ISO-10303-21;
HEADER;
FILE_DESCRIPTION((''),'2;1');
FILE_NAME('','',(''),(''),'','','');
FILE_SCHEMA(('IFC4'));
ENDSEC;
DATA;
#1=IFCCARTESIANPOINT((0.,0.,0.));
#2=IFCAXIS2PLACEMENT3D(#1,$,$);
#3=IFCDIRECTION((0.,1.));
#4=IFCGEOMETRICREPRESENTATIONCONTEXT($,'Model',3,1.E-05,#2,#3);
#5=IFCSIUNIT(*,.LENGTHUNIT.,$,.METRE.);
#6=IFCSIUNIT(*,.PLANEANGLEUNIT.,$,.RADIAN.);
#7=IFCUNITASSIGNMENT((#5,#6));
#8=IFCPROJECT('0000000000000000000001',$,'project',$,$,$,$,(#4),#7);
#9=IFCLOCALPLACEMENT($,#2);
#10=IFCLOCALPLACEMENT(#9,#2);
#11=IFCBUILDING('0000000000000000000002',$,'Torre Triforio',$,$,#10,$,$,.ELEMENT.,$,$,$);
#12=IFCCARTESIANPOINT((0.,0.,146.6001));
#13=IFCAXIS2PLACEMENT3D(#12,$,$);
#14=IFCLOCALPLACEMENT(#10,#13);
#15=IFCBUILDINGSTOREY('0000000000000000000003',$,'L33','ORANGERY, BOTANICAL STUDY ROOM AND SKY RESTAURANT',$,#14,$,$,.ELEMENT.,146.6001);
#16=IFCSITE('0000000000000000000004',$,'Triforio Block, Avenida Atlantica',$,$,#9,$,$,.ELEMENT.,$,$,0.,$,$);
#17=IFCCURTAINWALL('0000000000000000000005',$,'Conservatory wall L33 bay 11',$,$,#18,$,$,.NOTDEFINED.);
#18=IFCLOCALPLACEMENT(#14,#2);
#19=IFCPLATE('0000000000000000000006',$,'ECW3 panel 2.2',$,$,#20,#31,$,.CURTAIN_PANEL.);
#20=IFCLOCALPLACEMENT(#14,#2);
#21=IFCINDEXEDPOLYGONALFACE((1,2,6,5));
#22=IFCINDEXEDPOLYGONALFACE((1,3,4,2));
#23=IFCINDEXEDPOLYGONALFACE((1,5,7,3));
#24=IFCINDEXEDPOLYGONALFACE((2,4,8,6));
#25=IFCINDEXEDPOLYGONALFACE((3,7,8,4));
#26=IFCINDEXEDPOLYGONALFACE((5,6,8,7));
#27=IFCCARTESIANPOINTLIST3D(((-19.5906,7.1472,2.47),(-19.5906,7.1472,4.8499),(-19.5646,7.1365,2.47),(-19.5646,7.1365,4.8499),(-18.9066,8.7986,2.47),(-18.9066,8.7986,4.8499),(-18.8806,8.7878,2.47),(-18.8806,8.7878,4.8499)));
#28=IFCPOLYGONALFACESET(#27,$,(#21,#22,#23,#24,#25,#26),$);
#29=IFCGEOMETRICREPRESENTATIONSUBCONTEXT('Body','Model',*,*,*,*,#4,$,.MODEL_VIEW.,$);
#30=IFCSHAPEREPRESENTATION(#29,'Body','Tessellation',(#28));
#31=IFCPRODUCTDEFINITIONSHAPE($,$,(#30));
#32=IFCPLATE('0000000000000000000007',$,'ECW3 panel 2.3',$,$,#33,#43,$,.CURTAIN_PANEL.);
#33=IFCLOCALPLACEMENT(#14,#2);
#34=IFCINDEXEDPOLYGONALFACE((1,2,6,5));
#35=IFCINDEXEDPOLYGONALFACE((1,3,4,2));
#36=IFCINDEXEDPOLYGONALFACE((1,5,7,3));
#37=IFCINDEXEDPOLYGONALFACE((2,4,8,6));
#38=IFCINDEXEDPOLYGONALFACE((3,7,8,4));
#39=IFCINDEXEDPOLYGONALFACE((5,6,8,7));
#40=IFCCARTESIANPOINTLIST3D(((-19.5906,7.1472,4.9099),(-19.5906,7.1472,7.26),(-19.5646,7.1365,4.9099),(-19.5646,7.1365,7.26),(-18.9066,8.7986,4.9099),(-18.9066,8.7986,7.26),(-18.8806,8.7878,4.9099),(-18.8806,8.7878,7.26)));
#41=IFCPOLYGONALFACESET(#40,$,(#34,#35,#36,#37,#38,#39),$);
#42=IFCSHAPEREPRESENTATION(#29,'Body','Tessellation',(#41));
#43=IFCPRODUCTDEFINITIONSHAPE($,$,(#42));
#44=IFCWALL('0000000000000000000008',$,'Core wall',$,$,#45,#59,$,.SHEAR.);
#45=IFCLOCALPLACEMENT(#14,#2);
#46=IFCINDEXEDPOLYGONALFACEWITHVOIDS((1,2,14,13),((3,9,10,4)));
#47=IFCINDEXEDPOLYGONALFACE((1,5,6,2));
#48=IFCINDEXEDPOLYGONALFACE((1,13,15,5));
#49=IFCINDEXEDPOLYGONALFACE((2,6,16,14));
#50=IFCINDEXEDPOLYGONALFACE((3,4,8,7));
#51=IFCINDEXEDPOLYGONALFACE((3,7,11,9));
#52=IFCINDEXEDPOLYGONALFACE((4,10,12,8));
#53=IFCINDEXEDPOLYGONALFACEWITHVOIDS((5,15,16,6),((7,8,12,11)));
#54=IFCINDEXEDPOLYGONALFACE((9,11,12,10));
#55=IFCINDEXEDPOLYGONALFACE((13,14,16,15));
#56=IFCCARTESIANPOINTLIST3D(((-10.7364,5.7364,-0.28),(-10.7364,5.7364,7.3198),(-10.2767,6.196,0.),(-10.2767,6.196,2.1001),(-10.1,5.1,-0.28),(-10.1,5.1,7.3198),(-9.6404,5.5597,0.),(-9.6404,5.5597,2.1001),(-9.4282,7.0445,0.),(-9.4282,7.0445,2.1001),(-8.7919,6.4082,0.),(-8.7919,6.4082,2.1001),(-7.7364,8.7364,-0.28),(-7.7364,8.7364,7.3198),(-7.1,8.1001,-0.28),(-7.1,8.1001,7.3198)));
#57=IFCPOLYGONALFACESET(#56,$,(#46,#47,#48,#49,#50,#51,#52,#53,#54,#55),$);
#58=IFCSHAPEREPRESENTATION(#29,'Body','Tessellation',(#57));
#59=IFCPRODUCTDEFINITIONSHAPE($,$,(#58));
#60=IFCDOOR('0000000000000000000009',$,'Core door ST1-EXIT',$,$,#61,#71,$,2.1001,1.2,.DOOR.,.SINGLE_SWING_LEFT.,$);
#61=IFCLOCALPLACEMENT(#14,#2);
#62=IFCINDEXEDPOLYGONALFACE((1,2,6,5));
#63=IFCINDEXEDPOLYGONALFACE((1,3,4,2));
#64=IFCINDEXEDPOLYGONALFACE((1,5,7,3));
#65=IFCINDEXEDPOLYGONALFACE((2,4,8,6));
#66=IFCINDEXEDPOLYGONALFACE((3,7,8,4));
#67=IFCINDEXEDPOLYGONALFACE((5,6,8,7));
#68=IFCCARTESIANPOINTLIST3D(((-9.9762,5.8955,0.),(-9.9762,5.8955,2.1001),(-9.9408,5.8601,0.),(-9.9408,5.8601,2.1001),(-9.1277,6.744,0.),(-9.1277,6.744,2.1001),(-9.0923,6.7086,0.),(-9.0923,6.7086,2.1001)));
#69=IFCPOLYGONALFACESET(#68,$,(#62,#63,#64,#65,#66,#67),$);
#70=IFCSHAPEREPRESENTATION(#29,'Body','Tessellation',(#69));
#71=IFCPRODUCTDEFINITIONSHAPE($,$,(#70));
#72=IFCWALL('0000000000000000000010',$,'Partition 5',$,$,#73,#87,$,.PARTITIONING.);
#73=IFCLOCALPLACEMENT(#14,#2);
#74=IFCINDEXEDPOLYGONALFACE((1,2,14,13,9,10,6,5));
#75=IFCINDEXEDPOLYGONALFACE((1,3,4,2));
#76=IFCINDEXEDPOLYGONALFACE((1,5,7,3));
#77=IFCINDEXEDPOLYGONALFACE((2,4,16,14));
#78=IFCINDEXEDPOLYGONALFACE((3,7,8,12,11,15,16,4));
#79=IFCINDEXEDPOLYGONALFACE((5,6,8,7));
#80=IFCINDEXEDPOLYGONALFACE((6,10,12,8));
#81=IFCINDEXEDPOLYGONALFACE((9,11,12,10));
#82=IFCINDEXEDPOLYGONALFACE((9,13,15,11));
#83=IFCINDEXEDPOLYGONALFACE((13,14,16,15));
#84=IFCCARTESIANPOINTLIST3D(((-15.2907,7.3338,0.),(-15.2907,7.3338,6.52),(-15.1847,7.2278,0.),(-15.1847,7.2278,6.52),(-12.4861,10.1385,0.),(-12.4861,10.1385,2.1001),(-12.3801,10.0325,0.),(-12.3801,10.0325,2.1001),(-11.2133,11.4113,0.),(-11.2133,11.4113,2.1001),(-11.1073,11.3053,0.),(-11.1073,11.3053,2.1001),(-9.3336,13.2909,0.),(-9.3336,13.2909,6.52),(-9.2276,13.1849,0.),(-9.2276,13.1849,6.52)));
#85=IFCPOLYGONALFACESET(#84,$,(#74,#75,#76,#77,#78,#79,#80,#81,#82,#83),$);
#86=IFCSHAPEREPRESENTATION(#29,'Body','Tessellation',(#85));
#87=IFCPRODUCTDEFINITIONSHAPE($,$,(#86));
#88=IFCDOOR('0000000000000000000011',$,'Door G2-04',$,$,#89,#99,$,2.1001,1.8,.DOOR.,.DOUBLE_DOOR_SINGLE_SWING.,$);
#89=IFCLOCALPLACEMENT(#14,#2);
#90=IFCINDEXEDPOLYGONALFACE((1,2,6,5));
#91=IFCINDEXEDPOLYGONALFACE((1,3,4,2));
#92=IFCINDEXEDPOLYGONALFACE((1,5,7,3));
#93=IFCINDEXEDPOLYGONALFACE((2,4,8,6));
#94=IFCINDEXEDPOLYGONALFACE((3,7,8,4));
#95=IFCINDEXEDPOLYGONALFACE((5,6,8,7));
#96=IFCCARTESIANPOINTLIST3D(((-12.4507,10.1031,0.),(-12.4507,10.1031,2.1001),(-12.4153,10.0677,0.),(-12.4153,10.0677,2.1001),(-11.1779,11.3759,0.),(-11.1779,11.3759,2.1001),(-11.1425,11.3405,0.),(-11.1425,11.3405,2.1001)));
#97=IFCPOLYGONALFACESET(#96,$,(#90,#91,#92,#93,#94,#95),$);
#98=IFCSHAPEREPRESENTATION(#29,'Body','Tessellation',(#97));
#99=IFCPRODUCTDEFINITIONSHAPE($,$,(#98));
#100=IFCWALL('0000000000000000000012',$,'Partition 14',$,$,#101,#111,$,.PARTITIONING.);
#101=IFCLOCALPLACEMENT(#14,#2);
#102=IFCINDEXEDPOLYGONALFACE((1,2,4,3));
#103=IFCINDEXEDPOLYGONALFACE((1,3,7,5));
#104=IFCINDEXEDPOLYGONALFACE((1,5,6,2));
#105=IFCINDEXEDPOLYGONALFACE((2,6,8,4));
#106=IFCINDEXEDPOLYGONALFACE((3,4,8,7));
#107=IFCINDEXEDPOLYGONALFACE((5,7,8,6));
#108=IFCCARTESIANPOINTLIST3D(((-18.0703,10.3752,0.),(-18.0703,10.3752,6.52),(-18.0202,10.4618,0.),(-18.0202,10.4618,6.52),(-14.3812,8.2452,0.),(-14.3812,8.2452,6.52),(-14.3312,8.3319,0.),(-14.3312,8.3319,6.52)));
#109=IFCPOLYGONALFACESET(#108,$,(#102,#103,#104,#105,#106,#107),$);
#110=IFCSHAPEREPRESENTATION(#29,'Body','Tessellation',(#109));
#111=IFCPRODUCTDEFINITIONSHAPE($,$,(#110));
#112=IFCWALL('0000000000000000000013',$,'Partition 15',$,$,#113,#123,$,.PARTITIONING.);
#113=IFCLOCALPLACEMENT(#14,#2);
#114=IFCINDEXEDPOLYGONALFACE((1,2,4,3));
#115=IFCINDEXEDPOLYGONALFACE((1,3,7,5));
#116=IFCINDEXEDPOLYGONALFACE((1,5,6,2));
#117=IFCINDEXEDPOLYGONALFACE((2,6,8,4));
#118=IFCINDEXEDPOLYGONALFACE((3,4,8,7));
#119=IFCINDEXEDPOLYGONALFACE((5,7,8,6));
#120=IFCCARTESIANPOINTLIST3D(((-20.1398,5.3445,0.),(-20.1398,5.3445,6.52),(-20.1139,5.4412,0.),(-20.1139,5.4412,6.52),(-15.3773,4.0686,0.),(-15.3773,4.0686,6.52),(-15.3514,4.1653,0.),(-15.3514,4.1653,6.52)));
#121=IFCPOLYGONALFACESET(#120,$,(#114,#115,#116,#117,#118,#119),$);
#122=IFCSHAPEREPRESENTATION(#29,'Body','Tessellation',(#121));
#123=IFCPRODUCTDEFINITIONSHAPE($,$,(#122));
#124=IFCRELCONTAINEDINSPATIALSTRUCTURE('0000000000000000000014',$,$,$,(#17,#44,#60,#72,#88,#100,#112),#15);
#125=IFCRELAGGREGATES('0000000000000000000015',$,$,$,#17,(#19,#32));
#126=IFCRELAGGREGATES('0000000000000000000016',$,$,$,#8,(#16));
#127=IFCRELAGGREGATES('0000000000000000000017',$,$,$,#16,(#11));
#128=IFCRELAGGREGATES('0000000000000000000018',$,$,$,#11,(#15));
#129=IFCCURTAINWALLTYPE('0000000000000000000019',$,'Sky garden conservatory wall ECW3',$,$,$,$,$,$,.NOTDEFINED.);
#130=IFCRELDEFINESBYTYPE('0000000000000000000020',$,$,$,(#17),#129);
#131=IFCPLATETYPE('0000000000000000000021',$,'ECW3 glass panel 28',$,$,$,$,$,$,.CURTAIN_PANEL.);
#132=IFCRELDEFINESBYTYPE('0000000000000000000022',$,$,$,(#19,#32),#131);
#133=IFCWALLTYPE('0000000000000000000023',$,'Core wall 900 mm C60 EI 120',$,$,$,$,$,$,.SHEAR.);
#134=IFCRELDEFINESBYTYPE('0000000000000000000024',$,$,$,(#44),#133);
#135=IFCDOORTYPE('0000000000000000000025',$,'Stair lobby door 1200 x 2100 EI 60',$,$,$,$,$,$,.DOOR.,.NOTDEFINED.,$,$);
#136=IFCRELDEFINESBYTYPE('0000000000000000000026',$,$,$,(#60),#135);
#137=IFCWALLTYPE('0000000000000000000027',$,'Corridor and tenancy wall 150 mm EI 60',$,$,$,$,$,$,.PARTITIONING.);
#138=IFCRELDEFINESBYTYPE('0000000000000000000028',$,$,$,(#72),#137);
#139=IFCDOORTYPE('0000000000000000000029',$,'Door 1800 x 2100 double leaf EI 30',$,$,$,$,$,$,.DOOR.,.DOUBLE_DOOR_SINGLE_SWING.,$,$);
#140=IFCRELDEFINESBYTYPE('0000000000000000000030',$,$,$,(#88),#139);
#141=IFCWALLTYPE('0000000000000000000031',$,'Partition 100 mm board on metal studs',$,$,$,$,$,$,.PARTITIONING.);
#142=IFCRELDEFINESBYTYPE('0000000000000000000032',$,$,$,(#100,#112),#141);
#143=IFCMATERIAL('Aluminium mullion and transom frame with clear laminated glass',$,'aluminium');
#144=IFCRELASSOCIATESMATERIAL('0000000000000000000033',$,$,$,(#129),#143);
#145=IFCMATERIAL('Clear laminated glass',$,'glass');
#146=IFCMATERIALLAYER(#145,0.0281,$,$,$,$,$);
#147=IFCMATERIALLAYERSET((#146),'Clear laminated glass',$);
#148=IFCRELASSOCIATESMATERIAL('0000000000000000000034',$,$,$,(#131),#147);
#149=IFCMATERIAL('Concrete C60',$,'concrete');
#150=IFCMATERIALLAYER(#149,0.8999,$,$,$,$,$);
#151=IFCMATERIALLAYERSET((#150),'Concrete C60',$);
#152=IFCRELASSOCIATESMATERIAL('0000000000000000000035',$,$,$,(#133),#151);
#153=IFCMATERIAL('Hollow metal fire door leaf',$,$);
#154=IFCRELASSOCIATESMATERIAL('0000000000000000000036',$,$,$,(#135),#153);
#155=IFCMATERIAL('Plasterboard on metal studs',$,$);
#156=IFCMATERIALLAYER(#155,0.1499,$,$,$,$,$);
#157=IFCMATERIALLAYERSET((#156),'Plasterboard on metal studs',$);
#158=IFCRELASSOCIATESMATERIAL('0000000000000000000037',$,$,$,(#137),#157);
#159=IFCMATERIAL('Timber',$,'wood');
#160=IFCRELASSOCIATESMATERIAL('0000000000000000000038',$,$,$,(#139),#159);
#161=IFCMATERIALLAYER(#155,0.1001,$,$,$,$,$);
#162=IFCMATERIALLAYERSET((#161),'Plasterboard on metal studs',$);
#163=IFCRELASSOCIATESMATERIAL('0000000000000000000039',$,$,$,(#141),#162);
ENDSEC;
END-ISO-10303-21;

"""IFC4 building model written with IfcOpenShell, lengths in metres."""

from ifc_helpers import new_model, si_unit, direction, frame, frame_2d, origin, origin_2d, place, context, subcontext, project, spatial, rectangle, extrude, material, layer, layer_set, type_object, element, fill, aggregate, save


model = new_model("IFC4")

# Units and contexts
model_context = context("Model", 3, precision=1e-05, world=origin(), true_north=direction((0.0, 1.0)))
body_context = subcontext(model_context, "Body", "Model", "MODEL_VIEW")
ifc_project = project(units=[si_unit("LENGTHUNIT", "METRE"), si_unit("PLANEANGLEUNIT", "RADIAN")], contexts=[model_context])

# Site, building, storey
site_placement = place(None, origin())
site = spatial("IfcSite", under=ifc_project, at=site_placement, Name="Triforio Block, Avenida Atlantica", CompositionType="ELEMENT", RefElevation=0.0)
building_placement = place(site_placement, origin())
building = spatial("IfcBuilding", under=site, at=building_placement, Name="Torre Triforio", CompositionType="ELEMENT")
storey_placement = place(building_placement, frame((0.0, 0.0, 146.6001)))
storey = spatial("IfcBuildingStorey", under=building, at=storey_placement, Name="L33", Description="ORANGERY, BOTANICAL STUDY ROOM AND SKY RESTAURANT", CompositionType="ELEMENT", Elevation=146.6001)

# Curtain wall
ifc_material_1 = material(Name="Aluminium mullion and transom frame with clear laminated glass", Category="aluminium")
curtain_wall_type = type_object("IfcCurtainWallType", Name="Sky garden conservatory wall ECW3", PredefinedType="NOTDEFINED", material=ifc_material_1)
curtain_wall_placement = place(storey_placement, origin())
curtain_wall = element("IfcCurtainWall", 1, at=curtain_wall_placement, inside=storey, type_object=curtain_wall_type, Name="Conservatory wall L33 bay 11", PredefinedType="NOTDEFINED")

# Plates
ifc_material_2 = material(Name="Clear laminated glass", Category="glass")
ifc_layer_1 = layer(ifc_material_2, 0.0281)
ifc_layer_set_1 = layer_set([ifc_layer_1], Name="Clear laminated glass")
plate_type = type_object("IfcPlateType", Name="ECW3 glass panel 28", PredefinedType="CURTAIN_PANEL", material=ifc_layer_set_1)
plate_1_placement = place(storey_placement, frame((-19.2356, 7.9675, 2.47), z_axis=(0.0, 0.0, 1.0), x_axis=(-0.382675, -0.923883, 0.0)))
plate_1 = element("IfcPlate", 2, at=plate_1_placement, type_object=plate_type, Name="ECW3 panel 2.2", PredefinedType="CURTAIN_PANEL", context=body_context, shape_type="SweptSolid", body=[
    extrude(rectangle(XDim=1.7874, YDim=0.0281, at=origin_2d()), origin(), (0.0, 0.0, 1.0), 2.3799),
])
plate_2_placement = place(storey_placement, frame((-19.2356, 7.9675, 4.9099), z_axis=(0.0, 0.0, 1.0), x_axis=(-0.382675, -0.923883, 0.0)))
plate_2 = element("IfcPlate", 3, at=plate_2_placement, type_object=plate_type, Name="ECW3 panel 2.3", PredefinedType="CURTAIN_PANEL", context=body_context, shape_type="SweptSolid", body=[
    extrude(rectangle(XDim=1.7874, YDim=0.0281, at=origin_2d()), origin(), (0.0, 0.0, 1.0), 2.3501),
])
aggregate(curtain_wall, [plate_1, plate_2])

# Walls, openings, doors
ifc_material_3 = material(Name="Concrete C60", Category="concrete")
ifc_layer_2 = layer(ifc_material_3, 0.8999)
ifc_layer_set_2 = layer_set([ifc_layer_2], Name="Concrete C60")
wall_type_1 = type_object("IfcWallType", Name="Core wall 900 mm C60 EI 120", PredefinedType="SHEAR", material=ifc_layer_set_2)
wall_1_placement = place(storey_placement, frame((-10.4182, 5.4182, -0.28), z_axis=(0.0, 0.0, 1.0), x_axis=(0.707107, 0.707107, 0.0)))
wall_1 = element("IfcWall", 4, at=wall_1_placement, inside=storey, type_object=wall_type_1, Name="Core wall", PredefinedType="SHEAR", context=body_context, shape_type="SweptSolid", body=[
    extrude(rectangle(XDim=4.2427, YDim=0.8999, at=frame_2d((2.1213, 0.0))), origin(), (0.0, 0.0, 1.0), 7.5999),
])
opening_1_placement = place(wall_1_placement, frame((0.6499, 0.0, 0.28)))
opening_1 = element("IfcOpeningElement", 5, at=opening_1_placement, cuts=wall_1, PredefinedType="OPENING", context=body_context, shape_type="SweptSolid", body=[
    extrude(rectangle(XDim=1.2, YDim=2.1001, at=frame_2d((0.6001, 1.05))), frame((0.0, 0.46, 0.0), z_axis=(0.0, -1.0, 0.0), x_axis=(1.0, 0.0, 0.0)), (0.0, 0.0, 1.0), 0.9199),
])
ifc_material_4 = material(Name="Hollow metal fire door leaf")
door_type_1 = type_object("IfcDoorType", Name="Stair lobby door 1200 x 2100 EI 60", OperationType="NOTDEFINED", PredefinedType="DOOR", material=ifc_material_4)
door_1_placement = place(opening_1_placement, origin())
door_1 = element("IfcDoor", 6, at=door_1_placement, inside=storey, type_object=door_type_1, Name="Core door ST1-EXIT", OperationType="SINGLE_SWING_LEFT", OverallHeight=2.1001, OverallWidth=1.2, PredefinedType="DOOR", context=body_context, shape_type="SweptSolid", body=[
    extrude(rectangle(XDim=1.2, YDim=2.1001, at=frame_2d((0.6001, 1.05))), frame((0.0, 0.0249, 0.0), z_axis=(0.0, -1.0, 0.0), x_axis=(1.0, 0.0, 0.0)), (0.0, 0.0, 1.0), 0.05),
])
fill(opening_1, door_1)
ifc_material_5 = material(Name="Plasterboard on metal studs")
ifc_layer_3 = layer(ifc_material_5, 0.1499)
ifc_layer_set_3 = layer_set([ifc_layer_3], Name="Plasterboard on metal studs")
wall_type_2 = type_object("IfcWallType", Name="Corridor and tenancy wall 150 mm EI 60", PredefinedType="PARTITIONING", material=ifc_layer_set_3)
wall_2_placement = place(storey_placement, frame((-15.2378, 7.2808, 0.0), z_axis=(0.0, 0.0, 1.0), x_axis=(0.707107, 0.707107, 0.0)))
wall_2 = element("IfcWall", 7, at=wall_2_placement, inside=storey, type_object=wall_type_2, Name="Partition 5", PredefinedType="PARTITIONING", context=body_context, shape_type="SweptSolid", body=[
    extrude(rectangle(XDim=8.4246, YDim=0.1499, at=frame_2d((4.2124, 0.0))), origin(), (0.0, 0.0, 1.0), 6.52),
])
opening_2_placement = place(wall_2_placement, frame((3.9666, 0.0, 0.0)))
opening_2 = element("IfcOpeningElement", 8, at=opening_2_placement, cuts=wall_2, PredefinedType="OPENING", context=body_context, shape_type="SweptSolid", body=[
    extrude(rectangle(XDim=1.8, YDim=2.1001, at=frame_2d((0.8999, 1.05))), frame((0.0, 0.085, 0.0), z_axis=(0.0, -1.0, 0.0), x_axis=(1.0, 0.0, 0.0)), (0.0, 0.0, 1.0), 0.1699),
])
ifc_material_6 = material(Name="Timber", Category="wood")
door_type_2 = type_object("IfcDoorType", Name="Door 1800 x 2100 double leaf EI 30", OperationType="DOUBLE_DOOR_SINGLE_SWING", PredefinedType="DOOR", material=ifc_material_6)
door_2_placement = place(opening_2_placement, origin())
door_2 = element("IfcDoor", 9, at=door_2_placement, inside=storey, type_object=door_type_2, Name="Door G2-04", OperationType="DOUBLE_DOOR_SINGLE_SWING", OverallHeight=2.1001, OverallWidth=1.8, PredefinedType="DOOR", context=body_context, shape_type="SweptSolid", body=[
    extrude(rectangle(XDim=1.8, YDim=2.1001, at=frame_2d((0.8999, 1.05))), frame((0.0, 0.0249, 0.0), z_axis=(0.0, -1.0, 0.0), x_axis=(1.0, 0.0, 0.0)), (0.0, 0.0, 1.0), 0.05),
])
fill(opening_2, door_2)

# Walls
ifc_layer_4 = layer(ifc_material_5, 0.1001)
ifc_layer_set_4 = layer_set([ifc_layer_4], Name="Plasterboard on metal studs")
wall_type_3 = type_object("IfcWallType", Name="Partition 100 mm board on metal studs", PredefinedType="PARTITIONING", material=ifc_layer_set_4)
wall_3_placement = place(storey_placement, frame((-14.3562, 8.2886, 0.0), z_axis=(0.0, 0.0, 1.0), x_axis=(-0.86602, 0.50001, 0.0)))
element("IfcWall", 10, at=wall_3_placement, inside=storey, type_object=wall_type_3, Name="Partition 14", PredefinedType="PARTITIONING", context=body_context, shape_type="SweptSolid", body=[
    extrude(rectangle(XDim=4.2598, YDim=0.1001, at=frame_2d((2.1299, 0.0))), origin(), (0.0, 0.0, 1.0), 6.52),
])
wall_4_placement = place(storey_placement, frame((-15.3643, 4.1169, 0.0), z_axis=(0.0, 0.0, 1.0), x_axis=(-0.965937, 0.258778, 0.0)))
element("IfcWall", 11, at=wall_4_placement, inside=storey, type_object=wall_type_3, Name="Partition 15", PredefinedType="PARTITIONING", context=body_context, shape_type="SweptSolid", body=[
    extrude(rectangle(XDim=4.9304, YDim=0.1001, at=frame_2d((2.4653, 0.0))), origin(), (0.0, 0.0, 1.0), 6.52),
])

save(model, "model.ifc")
